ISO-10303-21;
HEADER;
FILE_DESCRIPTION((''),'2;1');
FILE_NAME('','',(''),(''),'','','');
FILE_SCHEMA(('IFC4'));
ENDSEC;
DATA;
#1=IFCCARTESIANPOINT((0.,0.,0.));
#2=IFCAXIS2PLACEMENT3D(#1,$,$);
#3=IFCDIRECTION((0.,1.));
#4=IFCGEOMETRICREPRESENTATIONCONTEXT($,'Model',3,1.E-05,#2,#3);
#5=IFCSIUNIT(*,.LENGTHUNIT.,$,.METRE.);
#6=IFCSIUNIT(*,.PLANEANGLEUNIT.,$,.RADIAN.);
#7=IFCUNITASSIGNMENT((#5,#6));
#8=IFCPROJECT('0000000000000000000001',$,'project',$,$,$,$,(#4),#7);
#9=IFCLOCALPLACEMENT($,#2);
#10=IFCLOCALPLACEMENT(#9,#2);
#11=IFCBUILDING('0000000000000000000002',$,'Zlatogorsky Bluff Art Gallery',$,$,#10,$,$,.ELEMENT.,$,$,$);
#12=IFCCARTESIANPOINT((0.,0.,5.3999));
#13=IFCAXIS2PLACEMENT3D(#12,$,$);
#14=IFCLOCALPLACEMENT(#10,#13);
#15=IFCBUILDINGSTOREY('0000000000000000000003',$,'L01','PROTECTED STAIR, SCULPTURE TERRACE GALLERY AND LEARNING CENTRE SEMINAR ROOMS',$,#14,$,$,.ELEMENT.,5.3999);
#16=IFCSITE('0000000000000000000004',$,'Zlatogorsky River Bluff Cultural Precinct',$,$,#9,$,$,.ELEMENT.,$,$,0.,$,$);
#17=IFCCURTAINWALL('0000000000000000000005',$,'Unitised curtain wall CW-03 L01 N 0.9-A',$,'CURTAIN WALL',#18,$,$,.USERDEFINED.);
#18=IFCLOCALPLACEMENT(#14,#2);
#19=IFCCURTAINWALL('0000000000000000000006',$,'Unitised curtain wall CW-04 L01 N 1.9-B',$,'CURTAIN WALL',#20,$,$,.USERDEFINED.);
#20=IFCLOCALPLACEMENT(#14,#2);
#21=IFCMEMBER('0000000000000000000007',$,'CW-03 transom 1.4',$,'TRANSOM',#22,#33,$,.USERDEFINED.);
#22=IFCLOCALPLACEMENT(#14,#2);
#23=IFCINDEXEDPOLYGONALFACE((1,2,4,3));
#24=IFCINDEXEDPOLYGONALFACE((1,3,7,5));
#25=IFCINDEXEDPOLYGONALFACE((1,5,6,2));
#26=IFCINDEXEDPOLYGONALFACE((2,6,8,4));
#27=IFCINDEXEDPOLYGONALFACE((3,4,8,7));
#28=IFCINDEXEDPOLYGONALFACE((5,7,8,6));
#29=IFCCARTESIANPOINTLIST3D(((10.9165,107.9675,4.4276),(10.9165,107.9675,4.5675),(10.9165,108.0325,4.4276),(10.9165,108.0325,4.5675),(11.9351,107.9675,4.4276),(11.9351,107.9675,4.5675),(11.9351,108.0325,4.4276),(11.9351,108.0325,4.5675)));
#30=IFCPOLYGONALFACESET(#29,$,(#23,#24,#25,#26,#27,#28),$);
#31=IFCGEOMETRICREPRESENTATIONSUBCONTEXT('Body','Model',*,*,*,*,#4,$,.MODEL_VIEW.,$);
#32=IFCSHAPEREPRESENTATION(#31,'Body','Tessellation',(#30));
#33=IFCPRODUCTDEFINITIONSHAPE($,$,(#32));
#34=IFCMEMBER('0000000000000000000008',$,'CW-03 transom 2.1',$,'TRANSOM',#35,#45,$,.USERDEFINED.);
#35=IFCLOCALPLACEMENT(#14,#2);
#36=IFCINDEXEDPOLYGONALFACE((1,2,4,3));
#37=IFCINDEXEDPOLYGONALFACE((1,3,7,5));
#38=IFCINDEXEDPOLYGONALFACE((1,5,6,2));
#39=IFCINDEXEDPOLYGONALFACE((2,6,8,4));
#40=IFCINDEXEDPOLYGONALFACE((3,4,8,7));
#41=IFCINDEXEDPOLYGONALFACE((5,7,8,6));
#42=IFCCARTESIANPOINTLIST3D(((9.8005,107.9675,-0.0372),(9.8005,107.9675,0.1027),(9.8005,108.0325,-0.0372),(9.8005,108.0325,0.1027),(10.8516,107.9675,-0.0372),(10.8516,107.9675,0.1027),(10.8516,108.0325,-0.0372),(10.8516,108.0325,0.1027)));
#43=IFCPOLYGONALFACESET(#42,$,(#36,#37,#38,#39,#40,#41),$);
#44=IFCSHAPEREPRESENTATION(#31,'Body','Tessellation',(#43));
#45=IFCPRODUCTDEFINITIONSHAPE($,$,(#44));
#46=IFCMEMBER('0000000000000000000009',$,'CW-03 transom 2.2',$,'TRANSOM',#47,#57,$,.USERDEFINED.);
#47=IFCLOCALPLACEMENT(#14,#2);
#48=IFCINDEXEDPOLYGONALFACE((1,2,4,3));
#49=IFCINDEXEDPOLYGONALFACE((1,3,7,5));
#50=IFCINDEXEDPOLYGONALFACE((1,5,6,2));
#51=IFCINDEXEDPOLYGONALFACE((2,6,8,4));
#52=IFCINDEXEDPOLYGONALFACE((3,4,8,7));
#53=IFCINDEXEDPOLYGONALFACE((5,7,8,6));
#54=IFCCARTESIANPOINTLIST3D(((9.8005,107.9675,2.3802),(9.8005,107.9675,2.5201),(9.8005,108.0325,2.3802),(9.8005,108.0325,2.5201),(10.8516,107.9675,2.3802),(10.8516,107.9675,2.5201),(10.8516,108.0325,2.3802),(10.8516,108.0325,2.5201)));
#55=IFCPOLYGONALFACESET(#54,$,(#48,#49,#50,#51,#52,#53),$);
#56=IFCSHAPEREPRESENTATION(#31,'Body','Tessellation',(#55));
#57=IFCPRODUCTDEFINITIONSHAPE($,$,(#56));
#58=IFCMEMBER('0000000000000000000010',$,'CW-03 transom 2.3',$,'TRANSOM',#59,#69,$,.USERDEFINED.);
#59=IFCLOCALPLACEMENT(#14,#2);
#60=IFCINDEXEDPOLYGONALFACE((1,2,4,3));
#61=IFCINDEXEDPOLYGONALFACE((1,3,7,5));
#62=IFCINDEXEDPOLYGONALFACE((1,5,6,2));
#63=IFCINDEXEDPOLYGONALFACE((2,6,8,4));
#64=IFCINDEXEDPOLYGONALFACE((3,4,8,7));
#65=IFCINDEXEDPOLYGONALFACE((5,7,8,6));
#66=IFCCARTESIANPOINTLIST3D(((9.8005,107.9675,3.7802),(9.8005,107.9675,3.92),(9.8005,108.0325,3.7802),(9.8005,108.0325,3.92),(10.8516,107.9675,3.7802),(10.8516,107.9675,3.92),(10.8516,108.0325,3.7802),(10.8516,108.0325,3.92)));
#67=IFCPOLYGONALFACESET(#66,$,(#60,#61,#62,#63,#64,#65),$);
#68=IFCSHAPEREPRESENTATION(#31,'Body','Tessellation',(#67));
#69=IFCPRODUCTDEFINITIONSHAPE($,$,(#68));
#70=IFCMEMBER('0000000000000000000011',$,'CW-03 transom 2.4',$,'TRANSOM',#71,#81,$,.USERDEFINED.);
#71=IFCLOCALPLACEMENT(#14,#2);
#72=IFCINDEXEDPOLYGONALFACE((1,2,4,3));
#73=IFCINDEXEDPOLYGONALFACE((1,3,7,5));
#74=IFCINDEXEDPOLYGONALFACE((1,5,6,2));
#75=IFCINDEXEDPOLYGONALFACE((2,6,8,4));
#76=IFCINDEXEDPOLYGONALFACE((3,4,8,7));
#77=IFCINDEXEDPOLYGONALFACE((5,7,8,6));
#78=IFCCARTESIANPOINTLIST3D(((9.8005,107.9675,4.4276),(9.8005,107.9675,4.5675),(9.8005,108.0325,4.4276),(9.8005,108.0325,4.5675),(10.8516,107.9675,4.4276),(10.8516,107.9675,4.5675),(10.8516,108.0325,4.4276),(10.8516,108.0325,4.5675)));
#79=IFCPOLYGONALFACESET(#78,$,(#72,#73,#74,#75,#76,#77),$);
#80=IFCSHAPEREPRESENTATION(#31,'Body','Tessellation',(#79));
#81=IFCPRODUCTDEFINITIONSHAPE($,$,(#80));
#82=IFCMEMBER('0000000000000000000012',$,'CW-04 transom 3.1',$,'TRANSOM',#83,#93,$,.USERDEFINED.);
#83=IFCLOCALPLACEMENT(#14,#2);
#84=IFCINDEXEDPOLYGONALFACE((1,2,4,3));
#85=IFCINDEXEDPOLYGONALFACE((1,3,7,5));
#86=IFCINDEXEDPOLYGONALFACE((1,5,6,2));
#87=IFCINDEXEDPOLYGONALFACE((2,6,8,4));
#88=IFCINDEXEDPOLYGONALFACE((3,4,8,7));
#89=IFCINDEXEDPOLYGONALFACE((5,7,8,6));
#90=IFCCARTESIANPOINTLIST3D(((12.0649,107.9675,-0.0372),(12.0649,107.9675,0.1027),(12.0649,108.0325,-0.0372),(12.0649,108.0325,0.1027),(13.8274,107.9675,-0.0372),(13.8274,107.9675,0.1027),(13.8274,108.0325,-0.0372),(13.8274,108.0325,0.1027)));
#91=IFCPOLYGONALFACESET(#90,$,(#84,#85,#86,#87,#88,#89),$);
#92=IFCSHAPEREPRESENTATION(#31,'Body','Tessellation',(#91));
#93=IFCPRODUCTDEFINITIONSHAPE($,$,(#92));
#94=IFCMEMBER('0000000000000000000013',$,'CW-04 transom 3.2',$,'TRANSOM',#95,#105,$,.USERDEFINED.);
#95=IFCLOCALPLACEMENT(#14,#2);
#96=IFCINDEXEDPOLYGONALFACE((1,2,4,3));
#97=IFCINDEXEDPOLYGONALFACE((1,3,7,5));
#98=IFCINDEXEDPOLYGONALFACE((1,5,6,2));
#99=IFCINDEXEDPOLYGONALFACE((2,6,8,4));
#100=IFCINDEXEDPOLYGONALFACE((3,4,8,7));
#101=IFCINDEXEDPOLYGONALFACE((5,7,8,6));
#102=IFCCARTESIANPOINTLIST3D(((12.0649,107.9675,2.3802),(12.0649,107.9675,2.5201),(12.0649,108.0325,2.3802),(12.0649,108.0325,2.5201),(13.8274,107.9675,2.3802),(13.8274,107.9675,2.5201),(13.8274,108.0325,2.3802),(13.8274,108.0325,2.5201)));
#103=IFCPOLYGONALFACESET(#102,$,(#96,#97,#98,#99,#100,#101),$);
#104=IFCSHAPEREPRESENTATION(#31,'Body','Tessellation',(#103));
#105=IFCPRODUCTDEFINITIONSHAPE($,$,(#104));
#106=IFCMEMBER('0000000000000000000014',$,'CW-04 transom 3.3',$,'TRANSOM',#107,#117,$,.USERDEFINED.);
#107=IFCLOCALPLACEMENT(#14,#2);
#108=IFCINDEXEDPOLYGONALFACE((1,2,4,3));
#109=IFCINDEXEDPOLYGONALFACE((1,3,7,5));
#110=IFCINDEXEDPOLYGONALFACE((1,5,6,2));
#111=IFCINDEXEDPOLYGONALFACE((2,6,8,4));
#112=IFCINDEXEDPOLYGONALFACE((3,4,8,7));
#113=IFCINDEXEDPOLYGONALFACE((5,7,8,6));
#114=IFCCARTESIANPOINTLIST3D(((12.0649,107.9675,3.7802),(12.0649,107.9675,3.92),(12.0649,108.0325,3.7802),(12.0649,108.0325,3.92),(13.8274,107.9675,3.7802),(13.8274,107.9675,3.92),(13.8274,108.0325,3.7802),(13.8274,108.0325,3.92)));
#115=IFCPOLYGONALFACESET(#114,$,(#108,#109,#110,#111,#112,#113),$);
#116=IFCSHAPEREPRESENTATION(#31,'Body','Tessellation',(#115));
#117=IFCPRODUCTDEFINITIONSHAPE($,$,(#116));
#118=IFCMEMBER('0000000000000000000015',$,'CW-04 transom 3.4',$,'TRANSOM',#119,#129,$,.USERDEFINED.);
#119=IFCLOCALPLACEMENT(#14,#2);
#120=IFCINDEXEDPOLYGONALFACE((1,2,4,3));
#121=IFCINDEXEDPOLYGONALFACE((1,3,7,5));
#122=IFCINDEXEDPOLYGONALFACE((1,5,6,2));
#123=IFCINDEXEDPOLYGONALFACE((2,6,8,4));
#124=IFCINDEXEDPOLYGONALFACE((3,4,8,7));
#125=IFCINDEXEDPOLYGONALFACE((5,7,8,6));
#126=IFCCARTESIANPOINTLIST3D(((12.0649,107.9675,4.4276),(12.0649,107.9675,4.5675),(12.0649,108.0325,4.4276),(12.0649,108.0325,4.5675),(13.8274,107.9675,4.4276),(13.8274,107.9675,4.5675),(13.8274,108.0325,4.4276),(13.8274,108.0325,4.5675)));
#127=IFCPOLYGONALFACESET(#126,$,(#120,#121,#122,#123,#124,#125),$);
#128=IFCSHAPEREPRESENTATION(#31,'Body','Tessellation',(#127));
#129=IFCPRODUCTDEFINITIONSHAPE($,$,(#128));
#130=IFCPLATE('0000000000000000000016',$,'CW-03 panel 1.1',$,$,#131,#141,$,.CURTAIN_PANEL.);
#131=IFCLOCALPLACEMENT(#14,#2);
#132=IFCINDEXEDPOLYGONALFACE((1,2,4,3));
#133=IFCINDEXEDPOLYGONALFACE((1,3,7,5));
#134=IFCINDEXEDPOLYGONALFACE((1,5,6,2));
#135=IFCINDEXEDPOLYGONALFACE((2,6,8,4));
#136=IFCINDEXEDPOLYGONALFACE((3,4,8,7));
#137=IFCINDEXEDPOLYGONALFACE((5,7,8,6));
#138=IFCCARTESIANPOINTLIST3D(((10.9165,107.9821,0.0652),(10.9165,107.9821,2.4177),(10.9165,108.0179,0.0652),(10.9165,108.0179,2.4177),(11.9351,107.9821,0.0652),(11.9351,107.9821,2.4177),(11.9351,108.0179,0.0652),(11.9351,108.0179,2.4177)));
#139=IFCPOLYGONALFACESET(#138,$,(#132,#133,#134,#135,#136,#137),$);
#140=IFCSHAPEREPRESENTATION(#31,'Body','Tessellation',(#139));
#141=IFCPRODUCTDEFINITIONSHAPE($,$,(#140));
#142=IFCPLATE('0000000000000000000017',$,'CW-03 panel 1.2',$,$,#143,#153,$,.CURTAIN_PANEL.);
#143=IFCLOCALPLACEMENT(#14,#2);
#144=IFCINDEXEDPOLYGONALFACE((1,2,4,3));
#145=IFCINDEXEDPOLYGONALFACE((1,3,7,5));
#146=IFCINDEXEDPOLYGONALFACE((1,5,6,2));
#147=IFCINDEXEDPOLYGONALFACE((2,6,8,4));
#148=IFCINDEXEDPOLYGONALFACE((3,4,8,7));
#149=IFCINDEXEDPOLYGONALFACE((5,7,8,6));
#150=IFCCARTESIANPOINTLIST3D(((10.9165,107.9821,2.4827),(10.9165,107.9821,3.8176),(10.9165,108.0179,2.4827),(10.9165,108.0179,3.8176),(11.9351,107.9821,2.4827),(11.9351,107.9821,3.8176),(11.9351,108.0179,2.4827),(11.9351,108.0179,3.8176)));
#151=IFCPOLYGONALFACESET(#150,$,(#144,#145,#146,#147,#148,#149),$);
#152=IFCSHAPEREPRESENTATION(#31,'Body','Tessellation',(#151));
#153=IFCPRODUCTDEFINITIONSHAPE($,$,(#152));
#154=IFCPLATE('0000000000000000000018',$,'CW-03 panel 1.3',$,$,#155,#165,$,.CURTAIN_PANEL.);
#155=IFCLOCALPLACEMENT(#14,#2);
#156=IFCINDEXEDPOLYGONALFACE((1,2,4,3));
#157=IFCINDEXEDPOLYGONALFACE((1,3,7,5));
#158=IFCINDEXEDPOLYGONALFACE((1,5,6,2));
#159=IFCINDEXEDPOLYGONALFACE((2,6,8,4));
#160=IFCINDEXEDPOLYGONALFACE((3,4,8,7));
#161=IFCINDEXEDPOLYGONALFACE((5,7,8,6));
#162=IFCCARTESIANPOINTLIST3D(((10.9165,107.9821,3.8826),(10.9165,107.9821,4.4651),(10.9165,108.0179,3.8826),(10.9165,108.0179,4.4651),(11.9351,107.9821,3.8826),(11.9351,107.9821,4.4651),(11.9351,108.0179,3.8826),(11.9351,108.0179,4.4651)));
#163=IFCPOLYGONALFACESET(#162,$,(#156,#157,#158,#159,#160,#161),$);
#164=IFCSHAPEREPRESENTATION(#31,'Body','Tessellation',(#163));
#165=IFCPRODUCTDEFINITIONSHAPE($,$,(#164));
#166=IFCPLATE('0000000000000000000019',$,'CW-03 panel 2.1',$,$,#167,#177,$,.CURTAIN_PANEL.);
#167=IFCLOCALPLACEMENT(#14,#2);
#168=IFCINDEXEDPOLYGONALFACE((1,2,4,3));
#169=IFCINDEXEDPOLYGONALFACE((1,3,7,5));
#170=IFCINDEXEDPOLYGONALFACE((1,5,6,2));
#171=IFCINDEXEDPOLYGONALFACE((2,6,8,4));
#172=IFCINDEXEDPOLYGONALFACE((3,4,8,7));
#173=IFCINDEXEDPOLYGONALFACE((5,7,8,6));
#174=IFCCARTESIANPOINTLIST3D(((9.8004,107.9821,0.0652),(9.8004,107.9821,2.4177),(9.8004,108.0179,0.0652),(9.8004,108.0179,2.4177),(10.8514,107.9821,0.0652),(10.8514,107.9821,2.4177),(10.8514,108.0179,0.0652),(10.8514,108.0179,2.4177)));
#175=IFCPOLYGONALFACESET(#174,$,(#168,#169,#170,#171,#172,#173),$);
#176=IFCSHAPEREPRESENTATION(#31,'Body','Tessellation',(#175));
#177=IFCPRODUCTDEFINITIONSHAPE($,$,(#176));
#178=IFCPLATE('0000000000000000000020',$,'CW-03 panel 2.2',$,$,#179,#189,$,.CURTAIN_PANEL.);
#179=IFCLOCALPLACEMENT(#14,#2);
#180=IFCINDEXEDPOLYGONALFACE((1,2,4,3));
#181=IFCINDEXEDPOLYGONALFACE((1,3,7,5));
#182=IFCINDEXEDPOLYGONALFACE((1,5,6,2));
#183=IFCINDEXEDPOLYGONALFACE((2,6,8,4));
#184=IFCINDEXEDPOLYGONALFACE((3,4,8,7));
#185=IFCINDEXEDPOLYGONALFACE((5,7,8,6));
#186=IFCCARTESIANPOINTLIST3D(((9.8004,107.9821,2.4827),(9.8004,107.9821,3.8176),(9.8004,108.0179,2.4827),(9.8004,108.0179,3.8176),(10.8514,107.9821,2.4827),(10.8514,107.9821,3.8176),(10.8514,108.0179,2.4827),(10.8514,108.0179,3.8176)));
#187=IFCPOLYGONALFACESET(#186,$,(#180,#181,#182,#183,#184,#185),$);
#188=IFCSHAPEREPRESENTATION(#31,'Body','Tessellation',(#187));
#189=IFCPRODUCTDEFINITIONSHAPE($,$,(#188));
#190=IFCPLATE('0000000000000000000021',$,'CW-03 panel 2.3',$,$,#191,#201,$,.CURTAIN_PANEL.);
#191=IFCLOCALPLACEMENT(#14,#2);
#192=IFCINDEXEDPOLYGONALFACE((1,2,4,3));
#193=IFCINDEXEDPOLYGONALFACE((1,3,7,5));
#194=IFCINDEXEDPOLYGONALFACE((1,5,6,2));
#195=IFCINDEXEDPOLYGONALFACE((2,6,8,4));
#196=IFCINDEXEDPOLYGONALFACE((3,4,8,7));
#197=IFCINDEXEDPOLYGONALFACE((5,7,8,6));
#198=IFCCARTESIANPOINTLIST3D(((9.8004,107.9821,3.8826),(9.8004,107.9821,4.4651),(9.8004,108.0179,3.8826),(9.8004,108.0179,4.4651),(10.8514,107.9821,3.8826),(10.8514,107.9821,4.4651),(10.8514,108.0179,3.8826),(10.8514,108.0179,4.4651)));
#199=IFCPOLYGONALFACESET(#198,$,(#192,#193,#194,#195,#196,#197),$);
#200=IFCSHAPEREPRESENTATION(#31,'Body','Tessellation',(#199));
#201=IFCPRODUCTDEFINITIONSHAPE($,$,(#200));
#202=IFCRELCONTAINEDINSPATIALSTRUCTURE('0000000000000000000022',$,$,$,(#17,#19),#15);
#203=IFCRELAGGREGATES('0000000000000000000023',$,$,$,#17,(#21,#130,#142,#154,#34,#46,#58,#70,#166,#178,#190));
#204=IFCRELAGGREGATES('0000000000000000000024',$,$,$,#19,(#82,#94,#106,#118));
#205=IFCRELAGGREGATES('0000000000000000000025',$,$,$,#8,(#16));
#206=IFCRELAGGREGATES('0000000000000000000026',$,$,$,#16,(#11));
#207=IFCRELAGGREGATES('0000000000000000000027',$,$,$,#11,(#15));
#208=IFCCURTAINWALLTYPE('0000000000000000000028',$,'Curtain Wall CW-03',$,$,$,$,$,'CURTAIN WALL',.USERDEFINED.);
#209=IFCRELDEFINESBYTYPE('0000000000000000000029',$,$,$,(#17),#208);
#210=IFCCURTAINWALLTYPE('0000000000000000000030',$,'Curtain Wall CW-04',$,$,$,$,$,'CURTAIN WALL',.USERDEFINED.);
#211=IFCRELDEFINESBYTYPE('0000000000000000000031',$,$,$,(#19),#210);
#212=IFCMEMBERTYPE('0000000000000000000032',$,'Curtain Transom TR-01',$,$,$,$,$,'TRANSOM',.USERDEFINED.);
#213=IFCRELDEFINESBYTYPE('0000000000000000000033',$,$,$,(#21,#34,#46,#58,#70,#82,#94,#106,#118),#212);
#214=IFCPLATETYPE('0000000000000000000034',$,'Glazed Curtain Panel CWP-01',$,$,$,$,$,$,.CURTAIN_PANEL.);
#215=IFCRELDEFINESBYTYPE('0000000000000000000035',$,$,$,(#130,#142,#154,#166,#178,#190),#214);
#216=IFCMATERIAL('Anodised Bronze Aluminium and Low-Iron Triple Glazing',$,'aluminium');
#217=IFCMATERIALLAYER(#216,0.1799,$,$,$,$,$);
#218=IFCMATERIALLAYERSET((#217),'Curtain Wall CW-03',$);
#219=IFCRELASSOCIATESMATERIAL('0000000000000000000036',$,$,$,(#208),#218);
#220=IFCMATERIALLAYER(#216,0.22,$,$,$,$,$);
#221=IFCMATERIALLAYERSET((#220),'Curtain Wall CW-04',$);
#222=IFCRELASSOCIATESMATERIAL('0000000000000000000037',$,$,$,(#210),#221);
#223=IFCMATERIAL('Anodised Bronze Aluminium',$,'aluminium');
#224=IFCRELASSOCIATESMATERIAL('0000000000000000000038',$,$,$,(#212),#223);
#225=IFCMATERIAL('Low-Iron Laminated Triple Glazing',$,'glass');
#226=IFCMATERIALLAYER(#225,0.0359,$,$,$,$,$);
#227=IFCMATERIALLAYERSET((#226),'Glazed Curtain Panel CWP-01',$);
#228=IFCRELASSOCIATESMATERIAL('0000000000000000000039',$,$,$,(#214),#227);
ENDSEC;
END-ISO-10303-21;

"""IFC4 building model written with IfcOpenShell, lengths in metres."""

from ifc_helpers import new_model, si_unit, direction, frame, origin, origin_2d, place, context, subcontext, project, spatial, rectangle, extrude, material, layer, layer_set, material_profile, profile_set, type_object, element, aggregate, save


model = new_model("IFC4")

# Units and contexts
model_context = context("Model", 3, precision=1e-05, world=origin(), true_north=direction((0.0, 1.0)))
body_context = subcontext(model_context, "Body", "Model", "MODEL_VIEW")
ifc_project = project(units=[si_unit("LENGTHUNIT", "METRE"), si_unit("PLANEANGLEUNIT", "RADIAN")], contexts=[model_context])

# Site, building, storey
site_placement = place(None, origin())
site = spatial("IfcSite", under=ifc_project, at=site_placement, Name="Zlatogorsky River Bluff Cultural Precinct", CompositionType="ELEMENT", RefElevation=0.0)
building_placement = place(site_placement, origin())
building = spatial("IfcBuilding", under=site, at=building_placement, Name="Zlatogorsky Bluff Art Gallery", CompositionType="ELEMENT")
storey_placement = place(building_placement, frame((0.0, 0.0, 5.3999)))
storey = spatial("IfcBuildingStorey", under=building, at=storey_placement, Name="L01", Description="PROTECTED STAIR, SCULPTURE TERRACE GALLERY AND LEARNING CENTRE SEMINAR ROOMS", CompositionType="ELEMENT", Elevation=5.3999)

# Curtain wall
ifc_material_1 = material(Name="Anodised Bronze Aluminium and Low-Iron Triple Glazing", Category="aluminium")
ifc_layer_1 = layer(ifc_material_1, 0.1799)
ifc_layer_set_1 = layer_set([ifc_layer_1], Name="Curtain Wall CW-03")
curtain_wall_type_1 = type_object("IfcCurtainWallType", Name="Curtain Wall CW-03", ElementType="CURTAIN WALL", PredefinedType="USERDEFINED", material=ifc_layer_set_1)
curtain_wall_1_placement = place(storey_placement, origin())
curtain_wall_1 = element("IfcCurtainWall", 1, at=curtain_wall_1_placement, inside=storey, type_object=curtain_wall_type_1, Name="Unitised curtain wall CW-03 L01 N 0.9-A", ObjectType="CURTAIN WALL", PredefinedType="USERDEFINED")
ifc_material_2 = material(Name="Anodised Bronze Aluminium", Category="aluminium")

# Curtain wall
ifc_layer_2 = layer(ifc_material_1, 0.22)
ifc_layer_set_2 = layer_set([ifc_layer_2], Name="Curtain Wall CW-04")
curtain_wall_type_2 = type_object("IfcCurtainWallType", Name="Curtain Wall CW-04", ElementType="CURTAIN WALL", PredefinedType="USERDEFINED", material=ifc_layer_set_2)
curtain_wall_2_placement = place(storey_placement, origin())
curtain_wall_2 = element("IfcCurtainWall", 2, at=curtain_wall_2_placement, inside=storey, type_object=curtain_wall_type_2, Name="Unitised curtain wall CW-04 L01 N 1.9-B", ObjectType="CURTAIN WALL", PredefinedType="USERDEFINED")

# Members
ifc_material_profile_1 = material_profile(ifc_material_2, rectangle(XDim=0.0649, YDim=0.1399, at=origin_2d()), Name="ALU TRANSOM 65x140")
ifc_profile_set_1 = profile_set([ifc_material_profile_1], Name="Anodised Bronze Aluminium")
member_type_1 = type_object("IfcMemberType", Name="Curtain Transom TR-01", ElementType="TRANSOM", PredefinedType="USERDEFINED", material=ifc_profile_set_1)
member_1_placement = place(storey_placement, frame((11.9351, 108.0, 4.4976), z_axis=(-1.0, 0.0, 0.0), x_axis=(0.0, -1.0, 0.0)))
member_1 = element("IfcMember", 3, at=member_1_placement, type_object=member_type_1, Name="CW-03 transom 1.4", ObjectType="TRANSOM", PredefinedType="USERDEFINED", context=body_context, shape_type="SweptSolid", body=[
    extrude(rectangle(XDim=0.0649, YDim=0.1399, at=origin_2d()), origin(), (0.0, 0.0, 1.0), 1.0186),
])
member_2_placement = place(storey_placement, frame((10.8516, 108.0, 0.0327), z_axis=(-1.0, 0.0, 0.0), x_axis=(0.0, -1.0, 0.0)))
member_2 = element("IfcMember", 4, at=member_2_placement, type_object=member_type_1, Name="CW-03 transom 2.1", ObjectType="TRANSOM", PredefinedType="USERDEFINED", context=body_context, shape_type="SweptSolid", body=[
    extrude(rectangle(XDim=0.0649, YDim=0.1399, at=origin_2d()), origin(), (0.0, 0.0, 1.0), 1.051),
])
member_3_placement = place(storey_placement, frame((10.8516, 108.0, 2.4502), z_axis=(-1.0, 0.0, 0.0), x_axis=(0.0, -1.0, 0.0)))
member_3 = element("IfcMember", 5, at=member_3_placement, type_object=member_type_1, Name="CW-03 transom 2.2", ObjectType="TRANSOM", PredefinedType="USERDEFINED", context=body_context, shape_type="SweptSolid", body=[
    extrude(rectangle(XDim=0.0649, YDim=0.1399, at=origin_2d()), origin(), (0.0, 0.0, 1.0), 1.051),
])
member_4_placement = place(storey_placement, frame((10.8516, 108.0, 3.8501), z_axis=(-1.0, 0.0, 0.0), x_axis=(0.0, -1.0, 0.0)))
member_4 = element("IfcMember", 6, at=member_4_placement, type_object=member_type_1, Name="CW-03 transom 2.3", ObjectType="TRANSOM", PredefinedType="USERDEFINED", context=body_context, shape_type="SweptSolid", body=[
    extrude(rectangle(XDim=0.0649, YDim=0.1399, at=origin_2d()), origin(), (0.0, 0.0, 1.0), 1.051),
])
member_5_placement = place(storey_placement, frame((10.8516, 108.0, 4.4976), z_axis=(-1.0, 0.0, 0.0), x_axis=(0.0, -1.0, 0.0)))
member_5 = element("IfcMember", 7, at=member_5_placement, type_object=member_type_1, Name="CW-03 transom 2.4", ObjectType="TRANSOM", PredefinedType="USERDEFINED", context=body_context, shape_type="SweptSolid", body=[
    extrude(rectangle(XDim=0.0649, YDim=0.1399, at=origin_2d()), origin(), (0.0, 0.0, 1.0), 1.051),
])
member_6_placement = place(storey_placement, frame((13.8274, 108.0, 0.0327), z_axis=(-1.0, 0.0, 0.0), x_axis=(0.0, -1.0, 0.0)))
member_6 = element("IfcMember", 8, at=member_6_placement, type_object=member_type_1, Name="CW-04 transom 3.1", ObjectType="TRANSOM", PredefinedType="USERDEFINED", context=body_context, shape_type="SweptSolid", body=[
    extrude(rectangle(XDim=0.0649, YDim=0.1399, at=origin_2d()), origin(), (0.0, 0.0, 1.0), 1.7625),
])
member_7_placement = place(storey_placement, frame((13.8274, 108.0, 2.4502), z_axis=(-1.0, 0.0, 0.0), x_axis=(0.0, -1.0, 0.0)))
member_7 = element("IfcMember", 9, at=member_7_placement, type_object=member_type_1, Name="CW-04 transom 3.2", ObjectType="TRANSOM", PredefinedType="USERDEFINED", context=body_context, shape_type="SweptSolid", body=[
    extrude(rectangle(XDim=0.0649, YDim=0.1399, at=origin_2d()), origin(), (0.0, 0.0, 1.0), 1.7625),
])
member_8_placement = place(storey_placement, frame((13.8274, 108.0, 3.8501), z_axis=(-1.0, 0.0, 0.0), x_axis=(0.0, -1.0, 0.0)))
member_8 = element("IfcMember", 10, at=member_8_placement, type_object=member_type_1, Name="CW-04 transom 3.3", ObjectType="TRANSOM", PredefinedType="USERDEFINED", context=body_context, shape_type="SweptSolid", body=[
    extrude(rectangle(XDim=0.0649, YDim=0.1399, at=origin_2d()), origin(), (0.0, 0.0, 1.0), 1.7625),
])
member_9_placement = place(storey_placement, frame((13.8274, 108.0, 4.4976), z_axis=(-1.0, 0.0, 0.0), x_axis=(0.0, -1.0, 0.0)))
member_9 = element("IfcMember", 11, at=member_9_placement, type_object=member_type_1, Name="CW-04 transom 3.4", ObjectType="TRANSOM", PredefinedType="USERDEFINED", context=body_context, shape_type="SweptSolid", body=[
    extrude(rectangle(XDim=0.0649, YDim=0.1399, at=origin_2d()), origin(), (0.0, 0.0, 1.0), 1.7625),
])

# Plates
ifc_material_3 = material(Name="Low-Iron Laminated Triple Glazing", Category="glass")
ifc_layer_3 = layer(ifc_material_3, 0.0359)
ifc_layer_set_3 = layer_set([ifc_layer_3], Name="Glazed Curtain Panel CWP-01")
plate_type = type_object("IfcPlateType", Name="Glazed Curtain Panel CWP-01", PredefinedType="CURTAIN_PANEL", material=ifc_layer_set_3)
plate_1_placement = place(storey_placement, frame((11.4258, 108.0, 0.0652), z_axis=(0.0, 0.0, 1.0), x_axis=(-1.0, 0.0, 0.0)))
plate_1 = element("IfcPlate", 12, at=plate_1_placement, type_object=plate_type, Name="CW-03 panel 1.1", PredefinedType="CURTAIN_PANEL", context=body_context, shape_type="SweptSolid", body=[
    extrude(rectangle(XDim=1.0186, YDim=0.0359, at=origin_2d()), origin(), (0.0, 0.0, 1.0), 2.3525),
])
plate_2_placement = place(storey_placement, frame((11.4258, 108.0, 2.4827), z_axis=(0.0, 0.0, 1.0), x_axis=(-1.0, 0.0, 0.0)))
plate_2 = element("IfcPlate", 13, at=plate_2_placement, type_object=plate_type, Name="CW-03 panel 1.2", PredefinedType="CURTAIN_PANEL", context=body_context, shape_type="SweptSolid", body=[
    extrude(rectangle(XDim=1.0186, YDim=0.0359, at=origin_2d()), origin(), (0.0, 0.0, 1.0), 1.335),
])
plate_3_placement = place(storey_placement, frame((11.4258, 108.0, 3.8826), z_axis=(0.0, 0.0, 1.0), x_axis=(-1.0, 0.0, 0.0)))
plate_3 = element("IfcPlate", 14, at=plate_3_placement, type_object=plate_type, Name="CW-03 panel 1.3", PredefinedType="CURTAIN_PANEL", context=body_context, shape_type="SweptSolid", body=[
    extrude(rectangle(XDim=1.0186, YDim=0.0359, at=origin_2d()), origin(), (0.0, 0.0, 1.0), 0.5825),
])
plate_4_placement = place(storey_placement, frame((10.3259, 108.0, 0.0652), z_axis=(0.0, 0.0, 1.0), x_axis=(-1.0, 0.0, 0.0)))
plate_4 = element("IfcPlate", 15, at=plate_4_placement, type_object=plate_type, Name="CW-03 panel 2.1", PredefinedType="CURTAIN_PANEL", context=body_context, shape_type="SweptSolid", body=[
    extrude(rectangle(XDim=1.051, YDim=0.0359, at=origin_2d()), origin(), (0.0, 0.0, 1.0), 2.3525),
])
plate_5_placement = place(storey_placement, frame((10.3259, 108.0, 2.4827), z_axis=(0.0, 0.0, 1.0), x_axis=(-1.0, 0.0, 0.0)))
plate_5 = element("IfcPlate", 16, at=plate_5_placement, type_object=plate_type, Name="CW-03 panel 2.2", PredefinedType="CURTAIN_PANEL", context=body_context, shape_type="SweptSolid", body=[
    extrude(rectangle(XDim=1.051, YDim=0.0359, at=origin_2d()), origin(), (0.0, 0.0, 1.0), 1.335),
])
plate_6_placement = place(storey_placement, frame((10.3259, 108.0, 3.8826), z_axis=(0.0, 0.0, 1.0), x_axis=(-1.0, 0.0, 0.0)))
plate_6 = element("IfcPlate", 17, at=plate_6_placement, type_object=plate_type, Name="CW-03 panel 2.3", PredefinedType="CURTAIN_PANEL", context=body_context, shape_type="SweptSolid", body=[
    extrude(rectangle(XDim=1.051, YDim=0.0359, at=origin_2d()), origin(), (0.0, 0.0, 1.0), 0.5825),
])
aggregate(curtain_wall_1, [member_1, plate_1, plate_2, plate_3, member_2, member_3, member_4, member_5, plate_4, plate_5, plate_6])
aggregate(curtain_wall_2, [member_6, member_7, member_8, member_9])

save(model, "model.ifc")
